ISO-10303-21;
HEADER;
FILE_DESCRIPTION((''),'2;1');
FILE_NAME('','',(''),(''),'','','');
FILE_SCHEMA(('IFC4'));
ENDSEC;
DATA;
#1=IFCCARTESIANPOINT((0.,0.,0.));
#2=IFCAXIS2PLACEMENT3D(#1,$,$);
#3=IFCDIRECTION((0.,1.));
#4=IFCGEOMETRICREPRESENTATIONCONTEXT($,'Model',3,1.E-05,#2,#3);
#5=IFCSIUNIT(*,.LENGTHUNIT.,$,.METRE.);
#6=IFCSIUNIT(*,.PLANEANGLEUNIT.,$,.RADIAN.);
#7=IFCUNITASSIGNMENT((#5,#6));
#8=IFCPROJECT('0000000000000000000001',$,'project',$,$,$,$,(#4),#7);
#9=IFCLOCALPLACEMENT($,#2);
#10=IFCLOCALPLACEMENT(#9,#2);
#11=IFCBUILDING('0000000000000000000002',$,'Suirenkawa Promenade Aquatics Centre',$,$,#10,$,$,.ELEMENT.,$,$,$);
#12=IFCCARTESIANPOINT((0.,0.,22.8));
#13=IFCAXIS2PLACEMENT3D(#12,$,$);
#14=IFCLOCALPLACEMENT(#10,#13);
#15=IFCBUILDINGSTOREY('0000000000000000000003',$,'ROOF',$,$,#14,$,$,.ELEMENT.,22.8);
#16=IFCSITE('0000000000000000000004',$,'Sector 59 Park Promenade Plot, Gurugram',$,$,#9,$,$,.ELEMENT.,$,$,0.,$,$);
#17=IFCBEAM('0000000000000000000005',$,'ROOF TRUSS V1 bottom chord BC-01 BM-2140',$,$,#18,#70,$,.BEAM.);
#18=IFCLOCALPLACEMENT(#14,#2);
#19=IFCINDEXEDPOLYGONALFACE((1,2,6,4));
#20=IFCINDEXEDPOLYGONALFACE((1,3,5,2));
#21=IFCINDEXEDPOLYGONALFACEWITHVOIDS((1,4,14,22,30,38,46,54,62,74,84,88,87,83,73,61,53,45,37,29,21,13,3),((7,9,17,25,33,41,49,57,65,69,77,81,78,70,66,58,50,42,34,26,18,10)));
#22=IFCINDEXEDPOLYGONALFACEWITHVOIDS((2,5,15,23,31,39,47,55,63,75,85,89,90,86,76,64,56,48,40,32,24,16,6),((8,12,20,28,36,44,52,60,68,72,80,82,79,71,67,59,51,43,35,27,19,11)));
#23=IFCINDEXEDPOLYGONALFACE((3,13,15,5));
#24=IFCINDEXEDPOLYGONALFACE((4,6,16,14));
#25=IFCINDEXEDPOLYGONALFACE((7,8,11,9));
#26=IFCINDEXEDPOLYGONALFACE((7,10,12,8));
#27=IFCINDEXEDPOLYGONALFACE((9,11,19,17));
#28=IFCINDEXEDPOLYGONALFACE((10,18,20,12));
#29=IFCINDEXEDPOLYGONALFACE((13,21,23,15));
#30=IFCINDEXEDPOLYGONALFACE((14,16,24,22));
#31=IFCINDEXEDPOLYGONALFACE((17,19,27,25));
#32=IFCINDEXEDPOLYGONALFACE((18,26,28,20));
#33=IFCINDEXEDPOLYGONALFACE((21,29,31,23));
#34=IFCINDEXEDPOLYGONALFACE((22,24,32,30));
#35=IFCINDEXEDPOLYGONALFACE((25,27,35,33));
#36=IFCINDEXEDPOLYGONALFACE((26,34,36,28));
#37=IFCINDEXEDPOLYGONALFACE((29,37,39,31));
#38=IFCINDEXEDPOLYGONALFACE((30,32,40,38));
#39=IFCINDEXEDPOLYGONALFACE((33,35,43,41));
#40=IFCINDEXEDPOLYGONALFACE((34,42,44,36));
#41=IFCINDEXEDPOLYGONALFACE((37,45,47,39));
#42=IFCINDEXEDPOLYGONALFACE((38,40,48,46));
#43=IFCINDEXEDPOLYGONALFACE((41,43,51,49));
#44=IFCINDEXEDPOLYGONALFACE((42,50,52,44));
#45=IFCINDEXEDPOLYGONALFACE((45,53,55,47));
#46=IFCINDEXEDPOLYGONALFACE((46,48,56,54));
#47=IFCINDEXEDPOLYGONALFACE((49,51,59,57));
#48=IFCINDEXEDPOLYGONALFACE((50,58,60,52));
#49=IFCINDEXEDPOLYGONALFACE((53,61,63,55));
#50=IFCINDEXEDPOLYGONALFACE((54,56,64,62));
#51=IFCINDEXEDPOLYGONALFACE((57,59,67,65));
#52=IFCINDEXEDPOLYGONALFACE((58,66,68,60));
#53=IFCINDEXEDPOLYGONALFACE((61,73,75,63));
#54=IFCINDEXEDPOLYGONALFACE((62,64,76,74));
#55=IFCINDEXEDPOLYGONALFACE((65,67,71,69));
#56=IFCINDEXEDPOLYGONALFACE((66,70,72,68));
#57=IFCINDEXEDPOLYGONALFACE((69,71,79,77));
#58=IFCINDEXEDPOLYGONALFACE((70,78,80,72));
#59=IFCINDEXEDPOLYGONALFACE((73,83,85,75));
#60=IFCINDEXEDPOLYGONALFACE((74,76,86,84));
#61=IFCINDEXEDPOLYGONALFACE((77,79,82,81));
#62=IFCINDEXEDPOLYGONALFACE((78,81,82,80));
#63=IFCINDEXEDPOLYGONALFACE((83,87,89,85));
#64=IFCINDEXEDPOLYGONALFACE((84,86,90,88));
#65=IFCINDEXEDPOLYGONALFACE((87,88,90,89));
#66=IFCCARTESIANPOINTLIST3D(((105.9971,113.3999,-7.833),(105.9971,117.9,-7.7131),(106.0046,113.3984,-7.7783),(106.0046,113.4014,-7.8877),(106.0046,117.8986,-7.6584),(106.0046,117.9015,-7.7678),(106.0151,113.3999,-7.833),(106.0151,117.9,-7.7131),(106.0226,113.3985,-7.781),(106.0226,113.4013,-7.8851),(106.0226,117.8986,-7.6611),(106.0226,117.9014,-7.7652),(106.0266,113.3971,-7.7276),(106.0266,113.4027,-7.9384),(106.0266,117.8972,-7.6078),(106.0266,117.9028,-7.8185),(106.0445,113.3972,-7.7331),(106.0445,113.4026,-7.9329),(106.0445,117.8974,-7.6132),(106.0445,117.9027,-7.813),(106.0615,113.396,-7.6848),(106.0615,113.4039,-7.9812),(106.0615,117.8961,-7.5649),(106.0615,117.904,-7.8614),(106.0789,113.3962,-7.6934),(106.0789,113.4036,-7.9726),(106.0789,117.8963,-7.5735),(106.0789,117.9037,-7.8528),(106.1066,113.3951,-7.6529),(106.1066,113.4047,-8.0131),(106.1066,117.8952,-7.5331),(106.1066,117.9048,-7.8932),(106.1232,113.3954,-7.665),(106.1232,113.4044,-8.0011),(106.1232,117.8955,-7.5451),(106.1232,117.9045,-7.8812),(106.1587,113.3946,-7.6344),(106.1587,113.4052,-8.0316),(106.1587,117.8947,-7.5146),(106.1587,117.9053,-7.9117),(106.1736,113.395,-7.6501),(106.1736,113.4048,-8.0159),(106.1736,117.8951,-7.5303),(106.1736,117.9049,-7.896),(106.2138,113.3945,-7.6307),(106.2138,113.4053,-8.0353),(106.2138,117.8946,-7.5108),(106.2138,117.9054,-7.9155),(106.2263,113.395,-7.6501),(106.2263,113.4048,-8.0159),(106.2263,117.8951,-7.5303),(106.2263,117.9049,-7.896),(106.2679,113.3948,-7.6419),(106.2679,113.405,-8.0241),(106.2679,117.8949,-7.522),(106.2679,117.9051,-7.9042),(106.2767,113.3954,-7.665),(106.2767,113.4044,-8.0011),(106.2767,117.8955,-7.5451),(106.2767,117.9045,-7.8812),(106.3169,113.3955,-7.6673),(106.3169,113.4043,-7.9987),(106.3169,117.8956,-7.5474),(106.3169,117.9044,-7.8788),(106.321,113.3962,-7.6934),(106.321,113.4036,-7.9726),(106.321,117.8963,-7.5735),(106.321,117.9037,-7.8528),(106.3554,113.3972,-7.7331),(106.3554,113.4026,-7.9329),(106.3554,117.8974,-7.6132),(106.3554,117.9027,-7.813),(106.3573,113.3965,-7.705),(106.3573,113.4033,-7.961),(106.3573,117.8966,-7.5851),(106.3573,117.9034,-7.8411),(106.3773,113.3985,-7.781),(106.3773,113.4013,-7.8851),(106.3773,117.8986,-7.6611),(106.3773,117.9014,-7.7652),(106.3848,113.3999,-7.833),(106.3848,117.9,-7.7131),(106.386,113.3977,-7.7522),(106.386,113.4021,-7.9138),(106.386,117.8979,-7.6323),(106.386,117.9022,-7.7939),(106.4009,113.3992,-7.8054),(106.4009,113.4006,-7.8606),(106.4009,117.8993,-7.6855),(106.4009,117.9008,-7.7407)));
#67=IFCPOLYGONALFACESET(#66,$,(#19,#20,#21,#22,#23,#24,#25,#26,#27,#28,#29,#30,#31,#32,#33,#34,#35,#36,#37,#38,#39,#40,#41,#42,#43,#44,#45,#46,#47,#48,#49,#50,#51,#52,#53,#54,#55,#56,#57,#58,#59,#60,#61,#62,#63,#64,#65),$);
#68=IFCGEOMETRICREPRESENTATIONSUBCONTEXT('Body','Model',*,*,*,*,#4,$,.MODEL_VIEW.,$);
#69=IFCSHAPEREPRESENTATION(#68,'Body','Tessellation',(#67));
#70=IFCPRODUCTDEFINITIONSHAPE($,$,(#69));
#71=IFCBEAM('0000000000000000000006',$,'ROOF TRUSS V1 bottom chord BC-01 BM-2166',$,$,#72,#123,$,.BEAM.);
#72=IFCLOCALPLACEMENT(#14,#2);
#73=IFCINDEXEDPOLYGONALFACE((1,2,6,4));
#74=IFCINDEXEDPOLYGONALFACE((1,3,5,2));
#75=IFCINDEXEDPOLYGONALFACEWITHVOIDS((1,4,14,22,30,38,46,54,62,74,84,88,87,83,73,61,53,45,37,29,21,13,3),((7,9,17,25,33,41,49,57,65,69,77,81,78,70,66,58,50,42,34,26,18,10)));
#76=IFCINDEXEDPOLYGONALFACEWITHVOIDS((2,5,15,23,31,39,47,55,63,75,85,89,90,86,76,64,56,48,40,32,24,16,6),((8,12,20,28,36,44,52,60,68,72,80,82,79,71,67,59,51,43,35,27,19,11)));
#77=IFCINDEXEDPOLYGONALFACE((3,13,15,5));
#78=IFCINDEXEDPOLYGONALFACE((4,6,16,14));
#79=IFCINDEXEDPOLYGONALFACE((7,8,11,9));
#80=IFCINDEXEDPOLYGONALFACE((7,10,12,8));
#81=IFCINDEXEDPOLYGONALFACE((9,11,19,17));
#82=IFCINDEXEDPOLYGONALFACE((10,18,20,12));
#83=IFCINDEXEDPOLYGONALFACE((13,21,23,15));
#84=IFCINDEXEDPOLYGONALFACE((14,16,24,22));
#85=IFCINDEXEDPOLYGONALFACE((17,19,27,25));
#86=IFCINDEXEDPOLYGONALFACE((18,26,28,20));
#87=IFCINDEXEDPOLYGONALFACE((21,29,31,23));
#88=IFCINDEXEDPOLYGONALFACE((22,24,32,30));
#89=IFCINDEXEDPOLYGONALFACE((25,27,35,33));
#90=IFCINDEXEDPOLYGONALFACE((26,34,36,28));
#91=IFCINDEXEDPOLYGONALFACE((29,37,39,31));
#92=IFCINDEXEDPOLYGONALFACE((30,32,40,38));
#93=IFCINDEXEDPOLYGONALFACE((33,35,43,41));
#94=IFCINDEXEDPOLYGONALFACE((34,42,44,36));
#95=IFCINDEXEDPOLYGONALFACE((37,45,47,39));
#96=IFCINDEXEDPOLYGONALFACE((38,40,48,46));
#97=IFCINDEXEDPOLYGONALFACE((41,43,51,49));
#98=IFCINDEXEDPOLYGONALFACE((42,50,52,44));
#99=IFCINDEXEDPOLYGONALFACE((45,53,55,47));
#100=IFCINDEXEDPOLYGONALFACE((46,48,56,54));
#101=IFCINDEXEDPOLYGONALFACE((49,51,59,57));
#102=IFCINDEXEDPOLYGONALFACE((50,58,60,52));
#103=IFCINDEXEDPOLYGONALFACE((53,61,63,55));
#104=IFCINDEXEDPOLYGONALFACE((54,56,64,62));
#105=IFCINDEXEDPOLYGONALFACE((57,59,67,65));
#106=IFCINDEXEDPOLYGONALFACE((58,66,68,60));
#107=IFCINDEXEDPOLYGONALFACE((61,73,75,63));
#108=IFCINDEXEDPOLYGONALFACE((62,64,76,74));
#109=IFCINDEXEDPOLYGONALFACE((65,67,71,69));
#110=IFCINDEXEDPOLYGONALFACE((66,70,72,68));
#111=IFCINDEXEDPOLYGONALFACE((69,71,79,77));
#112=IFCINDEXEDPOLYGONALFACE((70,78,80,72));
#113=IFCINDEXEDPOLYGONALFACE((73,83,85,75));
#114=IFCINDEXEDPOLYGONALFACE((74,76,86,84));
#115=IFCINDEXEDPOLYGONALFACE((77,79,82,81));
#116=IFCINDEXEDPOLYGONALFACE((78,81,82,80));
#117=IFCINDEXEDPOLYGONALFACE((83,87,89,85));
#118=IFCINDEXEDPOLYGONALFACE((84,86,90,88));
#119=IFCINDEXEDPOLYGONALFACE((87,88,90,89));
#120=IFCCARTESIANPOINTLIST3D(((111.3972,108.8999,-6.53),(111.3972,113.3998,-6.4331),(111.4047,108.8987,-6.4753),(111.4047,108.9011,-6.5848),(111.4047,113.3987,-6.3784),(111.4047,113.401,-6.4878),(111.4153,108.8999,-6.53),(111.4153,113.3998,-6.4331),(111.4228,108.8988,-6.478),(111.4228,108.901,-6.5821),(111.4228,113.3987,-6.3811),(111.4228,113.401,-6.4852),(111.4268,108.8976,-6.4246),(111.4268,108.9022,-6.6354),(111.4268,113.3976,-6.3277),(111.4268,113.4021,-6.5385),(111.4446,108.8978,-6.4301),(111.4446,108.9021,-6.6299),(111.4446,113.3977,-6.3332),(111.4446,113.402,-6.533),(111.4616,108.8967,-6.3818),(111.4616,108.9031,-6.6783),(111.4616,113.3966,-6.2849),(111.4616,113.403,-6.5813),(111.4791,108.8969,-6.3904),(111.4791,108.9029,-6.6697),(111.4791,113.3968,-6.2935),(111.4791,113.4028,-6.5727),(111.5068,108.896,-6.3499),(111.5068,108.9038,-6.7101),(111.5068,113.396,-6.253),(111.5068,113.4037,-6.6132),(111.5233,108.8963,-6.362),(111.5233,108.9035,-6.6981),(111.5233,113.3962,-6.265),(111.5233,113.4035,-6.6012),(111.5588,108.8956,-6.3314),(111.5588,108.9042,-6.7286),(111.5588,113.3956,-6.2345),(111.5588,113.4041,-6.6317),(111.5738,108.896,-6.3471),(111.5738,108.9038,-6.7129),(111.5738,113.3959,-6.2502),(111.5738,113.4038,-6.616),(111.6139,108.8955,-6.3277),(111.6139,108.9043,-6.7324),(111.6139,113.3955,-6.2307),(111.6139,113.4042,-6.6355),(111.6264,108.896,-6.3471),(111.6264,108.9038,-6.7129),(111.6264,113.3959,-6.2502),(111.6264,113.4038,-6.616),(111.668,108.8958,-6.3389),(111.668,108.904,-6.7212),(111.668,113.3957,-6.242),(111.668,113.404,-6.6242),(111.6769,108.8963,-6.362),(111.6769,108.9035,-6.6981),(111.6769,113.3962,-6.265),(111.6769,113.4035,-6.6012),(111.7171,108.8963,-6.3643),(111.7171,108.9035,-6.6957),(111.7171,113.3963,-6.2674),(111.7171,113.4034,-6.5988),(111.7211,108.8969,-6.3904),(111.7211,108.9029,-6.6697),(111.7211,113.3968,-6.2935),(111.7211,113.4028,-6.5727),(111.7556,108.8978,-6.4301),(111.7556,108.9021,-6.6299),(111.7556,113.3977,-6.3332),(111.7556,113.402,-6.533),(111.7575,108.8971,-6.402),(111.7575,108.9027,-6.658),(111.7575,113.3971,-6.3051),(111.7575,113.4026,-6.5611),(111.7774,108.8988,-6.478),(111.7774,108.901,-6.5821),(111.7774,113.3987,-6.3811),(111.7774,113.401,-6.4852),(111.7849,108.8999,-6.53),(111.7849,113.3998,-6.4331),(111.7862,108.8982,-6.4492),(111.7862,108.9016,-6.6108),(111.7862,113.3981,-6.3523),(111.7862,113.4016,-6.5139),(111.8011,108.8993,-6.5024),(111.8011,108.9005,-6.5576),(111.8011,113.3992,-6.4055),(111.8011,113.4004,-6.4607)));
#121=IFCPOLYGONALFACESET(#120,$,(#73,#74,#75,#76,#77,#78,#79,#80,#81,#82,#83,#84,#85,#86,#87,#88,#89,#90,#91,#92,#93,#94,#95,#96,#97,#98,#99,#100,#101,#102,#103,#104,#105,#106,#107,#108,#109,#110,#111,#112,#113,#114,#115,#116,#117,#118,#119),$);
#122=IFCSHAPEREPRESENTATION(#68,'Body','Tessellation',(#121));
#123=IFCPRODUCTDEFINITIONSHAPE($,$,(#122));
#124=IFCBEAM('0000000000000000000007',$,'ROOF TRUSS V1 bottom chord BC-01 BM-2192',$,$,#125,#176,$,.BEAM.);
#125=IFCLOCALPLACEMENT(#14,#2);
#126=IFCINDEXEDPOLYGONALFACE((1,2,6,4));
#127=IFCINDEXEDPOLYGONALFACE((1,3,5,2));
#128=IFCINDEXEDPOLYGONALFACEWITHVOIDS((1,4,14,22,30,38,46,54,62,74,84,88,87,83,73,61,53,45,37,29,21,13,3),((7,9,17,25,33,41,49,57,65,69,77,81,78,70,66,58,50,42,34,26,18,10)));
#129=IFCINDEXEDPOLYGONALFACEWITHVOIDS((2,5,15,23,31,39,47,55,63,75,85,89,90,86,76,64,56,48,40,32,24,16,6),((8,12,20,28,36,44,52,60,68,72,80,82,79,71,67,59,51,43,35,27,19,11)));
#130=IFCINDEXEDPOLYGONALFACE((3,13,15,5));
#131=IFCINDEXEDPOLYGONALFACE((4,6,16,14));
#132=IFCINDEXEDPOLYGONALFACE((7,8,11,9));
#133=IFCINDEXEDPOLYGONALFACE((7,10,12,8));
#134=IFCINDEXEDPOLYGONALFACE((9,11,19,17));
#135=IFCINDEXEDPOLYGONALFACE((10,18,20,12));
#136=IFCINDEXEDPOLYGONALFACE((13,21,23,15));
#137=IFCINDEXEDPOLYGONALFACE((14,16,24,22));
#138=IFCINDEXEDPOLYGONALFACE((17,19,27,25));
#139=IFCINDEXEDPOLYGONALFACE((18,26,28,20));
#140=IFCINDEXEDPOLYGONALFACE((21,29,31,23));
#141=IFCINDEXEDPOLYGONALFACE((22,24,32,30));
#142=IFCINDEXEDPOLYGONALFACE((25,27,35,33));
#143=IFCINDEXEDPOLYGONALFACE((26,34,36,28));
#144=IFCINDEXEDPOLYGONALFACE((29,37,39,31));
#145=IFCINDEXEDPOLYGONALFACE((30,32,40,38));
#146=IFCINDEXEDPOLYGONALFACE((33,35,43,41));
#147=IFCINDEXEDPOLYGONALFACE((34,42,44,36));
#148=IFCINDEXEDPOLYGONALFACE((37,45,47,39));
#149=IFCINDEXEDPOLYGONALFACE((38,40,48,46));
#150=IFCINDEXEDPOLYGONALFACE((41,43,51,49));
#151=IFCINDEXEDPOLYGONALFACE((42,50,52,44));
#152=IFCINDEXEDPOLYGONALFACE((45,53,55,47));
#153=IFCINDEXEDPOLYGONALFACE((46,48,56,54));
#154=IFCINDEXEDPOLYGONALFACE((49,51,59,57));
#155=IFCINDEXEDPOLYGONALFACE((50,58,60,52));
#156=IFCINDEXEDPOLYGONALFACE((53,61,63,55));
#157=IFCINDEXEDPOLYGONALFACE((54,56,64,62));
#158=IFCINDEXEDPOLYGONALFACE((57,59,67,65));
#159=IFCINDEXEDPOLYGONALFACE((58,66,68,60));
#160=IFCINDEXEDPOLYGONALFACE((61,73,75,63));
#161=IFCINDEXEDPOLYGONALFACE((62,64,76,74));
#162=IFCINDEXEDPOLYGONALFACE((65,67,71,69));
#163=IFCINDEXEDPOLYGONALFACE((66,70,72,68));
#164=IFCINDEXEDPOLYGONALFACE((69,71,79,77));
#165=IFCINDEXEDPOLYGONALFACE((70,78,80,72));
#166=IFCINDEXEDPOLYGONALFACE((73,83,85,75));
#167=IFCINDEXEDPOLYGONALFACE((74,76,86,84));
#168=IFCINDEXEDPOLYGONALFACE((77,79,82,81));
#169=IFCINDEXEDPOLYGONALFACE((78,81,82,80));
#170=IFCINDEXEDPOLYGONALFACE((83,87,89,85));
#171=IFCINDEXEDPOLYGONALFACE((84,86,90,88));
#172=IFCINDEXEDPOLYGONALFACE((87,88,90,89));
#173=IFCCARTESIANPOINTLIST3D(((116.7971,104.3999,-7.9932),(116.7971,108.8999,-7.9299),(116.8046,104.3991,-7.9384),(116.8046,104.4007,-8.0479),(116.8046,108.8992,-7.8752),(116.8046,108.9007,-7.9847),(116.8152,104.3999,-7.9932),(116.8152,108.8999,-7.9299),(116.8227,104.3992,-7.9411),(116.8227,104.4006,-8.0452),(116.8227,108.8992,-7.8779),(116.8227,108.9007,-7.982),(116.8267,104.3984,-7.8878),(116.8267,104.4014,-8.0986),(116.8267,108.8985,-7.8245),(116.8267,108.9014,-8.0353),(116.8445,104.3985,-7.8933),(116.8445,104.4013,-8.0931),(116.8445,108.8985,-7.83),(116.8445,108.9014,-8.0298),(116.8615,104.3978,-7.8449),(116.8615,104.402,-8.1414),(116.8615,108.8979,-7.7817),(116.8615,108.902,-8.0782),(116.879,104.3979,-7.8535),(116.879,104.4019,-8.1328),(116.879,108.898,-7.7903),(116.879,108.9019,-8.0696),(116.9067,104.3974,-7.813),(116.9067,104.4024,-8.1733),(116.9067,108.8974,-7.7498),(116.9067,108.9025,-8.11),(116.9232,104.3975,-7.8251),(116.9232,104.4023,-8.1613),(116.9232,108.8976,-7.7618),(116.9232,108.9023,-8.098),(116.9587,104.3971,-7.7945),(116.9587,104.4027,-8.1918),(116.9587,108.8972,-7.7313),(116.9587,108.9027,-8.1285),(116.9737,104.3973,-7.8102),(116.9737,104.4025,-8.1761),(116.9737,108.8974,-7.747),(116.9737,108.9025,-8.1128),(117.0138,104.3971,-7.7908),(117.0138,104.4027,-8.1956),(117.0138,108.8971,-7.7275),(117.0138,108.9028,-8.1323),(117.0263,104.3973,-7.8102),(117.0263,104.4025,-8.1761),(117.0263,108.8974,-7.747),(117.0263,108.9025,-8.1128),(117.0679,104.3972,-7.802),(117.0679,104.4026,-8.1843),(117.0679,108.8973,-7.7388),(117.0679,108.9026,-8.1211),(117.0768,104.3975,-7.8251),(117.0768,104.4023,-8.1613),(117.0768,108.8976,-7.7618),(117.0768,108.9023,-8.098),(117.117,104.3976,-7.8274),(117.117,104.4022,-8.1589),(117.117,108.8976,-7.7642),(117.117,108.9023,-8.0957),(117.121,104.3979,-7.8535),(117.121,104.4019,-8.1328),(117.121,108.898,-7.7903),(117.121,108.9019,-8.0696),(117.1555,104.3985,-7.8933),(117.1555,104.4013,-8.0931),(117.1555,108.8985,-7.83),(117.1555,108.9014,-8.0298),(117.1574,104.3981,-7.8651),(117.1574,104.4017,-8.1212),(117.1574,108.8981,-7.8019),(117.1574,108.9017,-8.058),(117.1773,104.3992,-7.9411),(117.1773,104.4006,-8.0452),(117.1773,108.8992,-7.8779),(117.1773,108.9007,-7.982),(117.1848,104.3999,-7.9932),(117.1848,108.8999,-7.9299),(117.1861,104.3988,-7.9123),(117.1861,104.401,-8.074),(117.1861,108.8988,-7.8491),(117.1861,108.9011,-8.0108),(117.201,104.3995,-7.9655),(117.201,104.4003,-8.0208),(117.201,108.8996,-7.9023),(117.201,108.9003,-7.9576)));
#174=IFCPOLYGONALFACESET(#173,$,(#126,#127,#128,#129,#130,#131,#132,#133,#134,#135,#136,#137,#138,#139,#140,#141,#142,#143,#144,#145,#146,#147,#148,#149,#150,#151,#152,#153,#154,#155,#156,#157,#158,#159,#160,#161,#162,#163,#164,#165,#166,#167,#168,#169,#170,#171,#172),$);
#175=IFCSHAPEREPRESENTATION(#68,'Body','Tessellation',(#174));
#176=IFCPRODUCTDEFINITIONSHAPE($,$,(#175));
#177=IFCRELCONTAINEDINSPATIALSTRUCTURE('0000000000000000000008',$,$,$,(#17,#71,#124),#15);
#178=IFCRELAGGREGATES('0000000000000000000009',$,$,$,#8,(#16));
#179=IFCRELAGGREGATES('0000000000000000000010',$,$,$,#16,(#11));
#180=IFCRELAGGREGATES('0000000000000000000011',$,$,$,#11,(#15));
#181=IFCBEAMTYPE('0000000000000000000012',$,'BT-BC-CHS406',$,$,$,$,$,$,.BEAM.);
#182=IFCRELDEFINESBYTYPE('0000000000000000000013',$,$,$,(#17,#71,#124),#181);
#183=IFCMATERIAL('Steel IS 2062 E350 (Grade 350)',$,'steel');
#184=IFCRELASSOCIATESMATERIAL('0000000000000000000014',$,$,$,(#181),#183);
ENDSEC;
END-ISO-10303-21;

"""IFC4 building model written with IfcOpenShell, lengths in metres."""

from ifc_helpers import new_model, si_unit, direction, frame, origin, origin_2d, place, context, subcontext, project, spatial, hollow_circle, extrude, material, material_profile, profile_set, type_object, element, save


model = new_model("IFC4")

# Units and contexts
model_context = context("Model", 3, precision=1e-05, world=origin(), true_north=direction((0.0, 1.0)))
body_context = subcontext(model_context, "Body", "Model", "MODEL_VIEW")
ifc_project = project(units=[si_unit("LENGTHUNIT", "METRE"), si_unit("PLANEANGLEUNIT", "RADIAN")], contexts=[model_context])

# Site, building, storey
site_placement = place(None, origin())
site = spatial("IfcSite", under=ifc_project, at=site_placement, Name="Sector 59 Park Promenade Plot, Gurugram", CompositionType="ELEMENT", RefElevation=0.0)
building_placement = place(site_placement, origin())
building = spatial("IfcBuilding", under=site, at=building_placement, Name="Suirenkawa Promenade Aquatics Centre", CompositionType="ELEMENT")
storey_placement = place(building_placement, frame((0.0, 0.0, 22.8)))
storey = spatial("IfcBuildingStorey", under=building, at=storey_placement, Name="ROOF", CompositionType="ELEMENT", Elevation=22.8)

# Beams
ifc_material = material(Name="Steel IS 2062 E350 (Grade 350)", Category="steel")
ifc_material_profile_1 = material_profile(ifc_material, hollow_circle(Radius=0.2029, WallThickness=0.0181, at=origin_2d()), Name="CHS 406x18", Category="steel")
ifc_profile_set_1 = profile_set([ifc_material_profile_1], Name="Steel IS 2062 E350 (Grade 350)")
beam_type_1 = type_object("IfcBeamType", Name="BT-BC-CHS406", PredefinedType="BEAM", material=ifc_profile_set_1)
beam_1_placement = place(storey_placement, frame((106.2, 113.3999, -7.833), z_axis=(0.0, 0.999645, 0.026629), x_axis=(-1.0, 0.0, 0.0)))
element("IfcBeam", 1, at=beam_1_placement, inside=storey, type_object=beam_type_1, Name="ROOF TRUSS V1 bottom chord BC-01 BM-2140", PredefinedType="BEAM", context=body_context, shape_type="SweptSolid", body=[
    extrude(hollow_circle(Radius=0.2029, WallThickness=0.0181, at=origin_2d()), origin(), (0.0, 0.0, 1.0), 4.5017),
])
beam_2_placement = place(storey_placement, frame((111.6001, 108.8999, -6.53), z_axis=(0.0, 0.999768, 0.021534), x_axis=(-1.0, 0.0, 0.0)))
element("IfcBeam", 2, at=beam_2_placement, inside=storey, type_object=beam_type_1, Name="ROOF TRUSS V1 bottom chord BC-01 BM-2166", PredefinedType="BEAM", context=body_context, shape_type="SweptSolid", body=[
    extrude(hollow_circle(Radius=0.2029, WallThickness=0.0181, at=origin_2d()), origin(), (0.0, 0.0, 1.0), 4.501),
])
beam_3_placement = place(storey_placement, frame((117.0, 104.3999, -7.9932), z_axis=(0.0, 0.999901, 0.01405), x_axis=(-1.0, 0.0, 0.0)))
element("IfcBeam", 3, at=beam_3_placement, inside=storey, type_object=beam_type_1, Name="ROOF TRUSS V1 bottom chord BC-01 BM-2192", PredefinedType="BEAM", context=body_context, shape_type="SweptSolid", body=[
    extrude(hollow_circle(Radius=0.2029, WallThickness=0.0181, at=origin_2d()), origin(), (0.0, 0.0, 1.0), 4.5005),
])

save(model, "model.ifc")
